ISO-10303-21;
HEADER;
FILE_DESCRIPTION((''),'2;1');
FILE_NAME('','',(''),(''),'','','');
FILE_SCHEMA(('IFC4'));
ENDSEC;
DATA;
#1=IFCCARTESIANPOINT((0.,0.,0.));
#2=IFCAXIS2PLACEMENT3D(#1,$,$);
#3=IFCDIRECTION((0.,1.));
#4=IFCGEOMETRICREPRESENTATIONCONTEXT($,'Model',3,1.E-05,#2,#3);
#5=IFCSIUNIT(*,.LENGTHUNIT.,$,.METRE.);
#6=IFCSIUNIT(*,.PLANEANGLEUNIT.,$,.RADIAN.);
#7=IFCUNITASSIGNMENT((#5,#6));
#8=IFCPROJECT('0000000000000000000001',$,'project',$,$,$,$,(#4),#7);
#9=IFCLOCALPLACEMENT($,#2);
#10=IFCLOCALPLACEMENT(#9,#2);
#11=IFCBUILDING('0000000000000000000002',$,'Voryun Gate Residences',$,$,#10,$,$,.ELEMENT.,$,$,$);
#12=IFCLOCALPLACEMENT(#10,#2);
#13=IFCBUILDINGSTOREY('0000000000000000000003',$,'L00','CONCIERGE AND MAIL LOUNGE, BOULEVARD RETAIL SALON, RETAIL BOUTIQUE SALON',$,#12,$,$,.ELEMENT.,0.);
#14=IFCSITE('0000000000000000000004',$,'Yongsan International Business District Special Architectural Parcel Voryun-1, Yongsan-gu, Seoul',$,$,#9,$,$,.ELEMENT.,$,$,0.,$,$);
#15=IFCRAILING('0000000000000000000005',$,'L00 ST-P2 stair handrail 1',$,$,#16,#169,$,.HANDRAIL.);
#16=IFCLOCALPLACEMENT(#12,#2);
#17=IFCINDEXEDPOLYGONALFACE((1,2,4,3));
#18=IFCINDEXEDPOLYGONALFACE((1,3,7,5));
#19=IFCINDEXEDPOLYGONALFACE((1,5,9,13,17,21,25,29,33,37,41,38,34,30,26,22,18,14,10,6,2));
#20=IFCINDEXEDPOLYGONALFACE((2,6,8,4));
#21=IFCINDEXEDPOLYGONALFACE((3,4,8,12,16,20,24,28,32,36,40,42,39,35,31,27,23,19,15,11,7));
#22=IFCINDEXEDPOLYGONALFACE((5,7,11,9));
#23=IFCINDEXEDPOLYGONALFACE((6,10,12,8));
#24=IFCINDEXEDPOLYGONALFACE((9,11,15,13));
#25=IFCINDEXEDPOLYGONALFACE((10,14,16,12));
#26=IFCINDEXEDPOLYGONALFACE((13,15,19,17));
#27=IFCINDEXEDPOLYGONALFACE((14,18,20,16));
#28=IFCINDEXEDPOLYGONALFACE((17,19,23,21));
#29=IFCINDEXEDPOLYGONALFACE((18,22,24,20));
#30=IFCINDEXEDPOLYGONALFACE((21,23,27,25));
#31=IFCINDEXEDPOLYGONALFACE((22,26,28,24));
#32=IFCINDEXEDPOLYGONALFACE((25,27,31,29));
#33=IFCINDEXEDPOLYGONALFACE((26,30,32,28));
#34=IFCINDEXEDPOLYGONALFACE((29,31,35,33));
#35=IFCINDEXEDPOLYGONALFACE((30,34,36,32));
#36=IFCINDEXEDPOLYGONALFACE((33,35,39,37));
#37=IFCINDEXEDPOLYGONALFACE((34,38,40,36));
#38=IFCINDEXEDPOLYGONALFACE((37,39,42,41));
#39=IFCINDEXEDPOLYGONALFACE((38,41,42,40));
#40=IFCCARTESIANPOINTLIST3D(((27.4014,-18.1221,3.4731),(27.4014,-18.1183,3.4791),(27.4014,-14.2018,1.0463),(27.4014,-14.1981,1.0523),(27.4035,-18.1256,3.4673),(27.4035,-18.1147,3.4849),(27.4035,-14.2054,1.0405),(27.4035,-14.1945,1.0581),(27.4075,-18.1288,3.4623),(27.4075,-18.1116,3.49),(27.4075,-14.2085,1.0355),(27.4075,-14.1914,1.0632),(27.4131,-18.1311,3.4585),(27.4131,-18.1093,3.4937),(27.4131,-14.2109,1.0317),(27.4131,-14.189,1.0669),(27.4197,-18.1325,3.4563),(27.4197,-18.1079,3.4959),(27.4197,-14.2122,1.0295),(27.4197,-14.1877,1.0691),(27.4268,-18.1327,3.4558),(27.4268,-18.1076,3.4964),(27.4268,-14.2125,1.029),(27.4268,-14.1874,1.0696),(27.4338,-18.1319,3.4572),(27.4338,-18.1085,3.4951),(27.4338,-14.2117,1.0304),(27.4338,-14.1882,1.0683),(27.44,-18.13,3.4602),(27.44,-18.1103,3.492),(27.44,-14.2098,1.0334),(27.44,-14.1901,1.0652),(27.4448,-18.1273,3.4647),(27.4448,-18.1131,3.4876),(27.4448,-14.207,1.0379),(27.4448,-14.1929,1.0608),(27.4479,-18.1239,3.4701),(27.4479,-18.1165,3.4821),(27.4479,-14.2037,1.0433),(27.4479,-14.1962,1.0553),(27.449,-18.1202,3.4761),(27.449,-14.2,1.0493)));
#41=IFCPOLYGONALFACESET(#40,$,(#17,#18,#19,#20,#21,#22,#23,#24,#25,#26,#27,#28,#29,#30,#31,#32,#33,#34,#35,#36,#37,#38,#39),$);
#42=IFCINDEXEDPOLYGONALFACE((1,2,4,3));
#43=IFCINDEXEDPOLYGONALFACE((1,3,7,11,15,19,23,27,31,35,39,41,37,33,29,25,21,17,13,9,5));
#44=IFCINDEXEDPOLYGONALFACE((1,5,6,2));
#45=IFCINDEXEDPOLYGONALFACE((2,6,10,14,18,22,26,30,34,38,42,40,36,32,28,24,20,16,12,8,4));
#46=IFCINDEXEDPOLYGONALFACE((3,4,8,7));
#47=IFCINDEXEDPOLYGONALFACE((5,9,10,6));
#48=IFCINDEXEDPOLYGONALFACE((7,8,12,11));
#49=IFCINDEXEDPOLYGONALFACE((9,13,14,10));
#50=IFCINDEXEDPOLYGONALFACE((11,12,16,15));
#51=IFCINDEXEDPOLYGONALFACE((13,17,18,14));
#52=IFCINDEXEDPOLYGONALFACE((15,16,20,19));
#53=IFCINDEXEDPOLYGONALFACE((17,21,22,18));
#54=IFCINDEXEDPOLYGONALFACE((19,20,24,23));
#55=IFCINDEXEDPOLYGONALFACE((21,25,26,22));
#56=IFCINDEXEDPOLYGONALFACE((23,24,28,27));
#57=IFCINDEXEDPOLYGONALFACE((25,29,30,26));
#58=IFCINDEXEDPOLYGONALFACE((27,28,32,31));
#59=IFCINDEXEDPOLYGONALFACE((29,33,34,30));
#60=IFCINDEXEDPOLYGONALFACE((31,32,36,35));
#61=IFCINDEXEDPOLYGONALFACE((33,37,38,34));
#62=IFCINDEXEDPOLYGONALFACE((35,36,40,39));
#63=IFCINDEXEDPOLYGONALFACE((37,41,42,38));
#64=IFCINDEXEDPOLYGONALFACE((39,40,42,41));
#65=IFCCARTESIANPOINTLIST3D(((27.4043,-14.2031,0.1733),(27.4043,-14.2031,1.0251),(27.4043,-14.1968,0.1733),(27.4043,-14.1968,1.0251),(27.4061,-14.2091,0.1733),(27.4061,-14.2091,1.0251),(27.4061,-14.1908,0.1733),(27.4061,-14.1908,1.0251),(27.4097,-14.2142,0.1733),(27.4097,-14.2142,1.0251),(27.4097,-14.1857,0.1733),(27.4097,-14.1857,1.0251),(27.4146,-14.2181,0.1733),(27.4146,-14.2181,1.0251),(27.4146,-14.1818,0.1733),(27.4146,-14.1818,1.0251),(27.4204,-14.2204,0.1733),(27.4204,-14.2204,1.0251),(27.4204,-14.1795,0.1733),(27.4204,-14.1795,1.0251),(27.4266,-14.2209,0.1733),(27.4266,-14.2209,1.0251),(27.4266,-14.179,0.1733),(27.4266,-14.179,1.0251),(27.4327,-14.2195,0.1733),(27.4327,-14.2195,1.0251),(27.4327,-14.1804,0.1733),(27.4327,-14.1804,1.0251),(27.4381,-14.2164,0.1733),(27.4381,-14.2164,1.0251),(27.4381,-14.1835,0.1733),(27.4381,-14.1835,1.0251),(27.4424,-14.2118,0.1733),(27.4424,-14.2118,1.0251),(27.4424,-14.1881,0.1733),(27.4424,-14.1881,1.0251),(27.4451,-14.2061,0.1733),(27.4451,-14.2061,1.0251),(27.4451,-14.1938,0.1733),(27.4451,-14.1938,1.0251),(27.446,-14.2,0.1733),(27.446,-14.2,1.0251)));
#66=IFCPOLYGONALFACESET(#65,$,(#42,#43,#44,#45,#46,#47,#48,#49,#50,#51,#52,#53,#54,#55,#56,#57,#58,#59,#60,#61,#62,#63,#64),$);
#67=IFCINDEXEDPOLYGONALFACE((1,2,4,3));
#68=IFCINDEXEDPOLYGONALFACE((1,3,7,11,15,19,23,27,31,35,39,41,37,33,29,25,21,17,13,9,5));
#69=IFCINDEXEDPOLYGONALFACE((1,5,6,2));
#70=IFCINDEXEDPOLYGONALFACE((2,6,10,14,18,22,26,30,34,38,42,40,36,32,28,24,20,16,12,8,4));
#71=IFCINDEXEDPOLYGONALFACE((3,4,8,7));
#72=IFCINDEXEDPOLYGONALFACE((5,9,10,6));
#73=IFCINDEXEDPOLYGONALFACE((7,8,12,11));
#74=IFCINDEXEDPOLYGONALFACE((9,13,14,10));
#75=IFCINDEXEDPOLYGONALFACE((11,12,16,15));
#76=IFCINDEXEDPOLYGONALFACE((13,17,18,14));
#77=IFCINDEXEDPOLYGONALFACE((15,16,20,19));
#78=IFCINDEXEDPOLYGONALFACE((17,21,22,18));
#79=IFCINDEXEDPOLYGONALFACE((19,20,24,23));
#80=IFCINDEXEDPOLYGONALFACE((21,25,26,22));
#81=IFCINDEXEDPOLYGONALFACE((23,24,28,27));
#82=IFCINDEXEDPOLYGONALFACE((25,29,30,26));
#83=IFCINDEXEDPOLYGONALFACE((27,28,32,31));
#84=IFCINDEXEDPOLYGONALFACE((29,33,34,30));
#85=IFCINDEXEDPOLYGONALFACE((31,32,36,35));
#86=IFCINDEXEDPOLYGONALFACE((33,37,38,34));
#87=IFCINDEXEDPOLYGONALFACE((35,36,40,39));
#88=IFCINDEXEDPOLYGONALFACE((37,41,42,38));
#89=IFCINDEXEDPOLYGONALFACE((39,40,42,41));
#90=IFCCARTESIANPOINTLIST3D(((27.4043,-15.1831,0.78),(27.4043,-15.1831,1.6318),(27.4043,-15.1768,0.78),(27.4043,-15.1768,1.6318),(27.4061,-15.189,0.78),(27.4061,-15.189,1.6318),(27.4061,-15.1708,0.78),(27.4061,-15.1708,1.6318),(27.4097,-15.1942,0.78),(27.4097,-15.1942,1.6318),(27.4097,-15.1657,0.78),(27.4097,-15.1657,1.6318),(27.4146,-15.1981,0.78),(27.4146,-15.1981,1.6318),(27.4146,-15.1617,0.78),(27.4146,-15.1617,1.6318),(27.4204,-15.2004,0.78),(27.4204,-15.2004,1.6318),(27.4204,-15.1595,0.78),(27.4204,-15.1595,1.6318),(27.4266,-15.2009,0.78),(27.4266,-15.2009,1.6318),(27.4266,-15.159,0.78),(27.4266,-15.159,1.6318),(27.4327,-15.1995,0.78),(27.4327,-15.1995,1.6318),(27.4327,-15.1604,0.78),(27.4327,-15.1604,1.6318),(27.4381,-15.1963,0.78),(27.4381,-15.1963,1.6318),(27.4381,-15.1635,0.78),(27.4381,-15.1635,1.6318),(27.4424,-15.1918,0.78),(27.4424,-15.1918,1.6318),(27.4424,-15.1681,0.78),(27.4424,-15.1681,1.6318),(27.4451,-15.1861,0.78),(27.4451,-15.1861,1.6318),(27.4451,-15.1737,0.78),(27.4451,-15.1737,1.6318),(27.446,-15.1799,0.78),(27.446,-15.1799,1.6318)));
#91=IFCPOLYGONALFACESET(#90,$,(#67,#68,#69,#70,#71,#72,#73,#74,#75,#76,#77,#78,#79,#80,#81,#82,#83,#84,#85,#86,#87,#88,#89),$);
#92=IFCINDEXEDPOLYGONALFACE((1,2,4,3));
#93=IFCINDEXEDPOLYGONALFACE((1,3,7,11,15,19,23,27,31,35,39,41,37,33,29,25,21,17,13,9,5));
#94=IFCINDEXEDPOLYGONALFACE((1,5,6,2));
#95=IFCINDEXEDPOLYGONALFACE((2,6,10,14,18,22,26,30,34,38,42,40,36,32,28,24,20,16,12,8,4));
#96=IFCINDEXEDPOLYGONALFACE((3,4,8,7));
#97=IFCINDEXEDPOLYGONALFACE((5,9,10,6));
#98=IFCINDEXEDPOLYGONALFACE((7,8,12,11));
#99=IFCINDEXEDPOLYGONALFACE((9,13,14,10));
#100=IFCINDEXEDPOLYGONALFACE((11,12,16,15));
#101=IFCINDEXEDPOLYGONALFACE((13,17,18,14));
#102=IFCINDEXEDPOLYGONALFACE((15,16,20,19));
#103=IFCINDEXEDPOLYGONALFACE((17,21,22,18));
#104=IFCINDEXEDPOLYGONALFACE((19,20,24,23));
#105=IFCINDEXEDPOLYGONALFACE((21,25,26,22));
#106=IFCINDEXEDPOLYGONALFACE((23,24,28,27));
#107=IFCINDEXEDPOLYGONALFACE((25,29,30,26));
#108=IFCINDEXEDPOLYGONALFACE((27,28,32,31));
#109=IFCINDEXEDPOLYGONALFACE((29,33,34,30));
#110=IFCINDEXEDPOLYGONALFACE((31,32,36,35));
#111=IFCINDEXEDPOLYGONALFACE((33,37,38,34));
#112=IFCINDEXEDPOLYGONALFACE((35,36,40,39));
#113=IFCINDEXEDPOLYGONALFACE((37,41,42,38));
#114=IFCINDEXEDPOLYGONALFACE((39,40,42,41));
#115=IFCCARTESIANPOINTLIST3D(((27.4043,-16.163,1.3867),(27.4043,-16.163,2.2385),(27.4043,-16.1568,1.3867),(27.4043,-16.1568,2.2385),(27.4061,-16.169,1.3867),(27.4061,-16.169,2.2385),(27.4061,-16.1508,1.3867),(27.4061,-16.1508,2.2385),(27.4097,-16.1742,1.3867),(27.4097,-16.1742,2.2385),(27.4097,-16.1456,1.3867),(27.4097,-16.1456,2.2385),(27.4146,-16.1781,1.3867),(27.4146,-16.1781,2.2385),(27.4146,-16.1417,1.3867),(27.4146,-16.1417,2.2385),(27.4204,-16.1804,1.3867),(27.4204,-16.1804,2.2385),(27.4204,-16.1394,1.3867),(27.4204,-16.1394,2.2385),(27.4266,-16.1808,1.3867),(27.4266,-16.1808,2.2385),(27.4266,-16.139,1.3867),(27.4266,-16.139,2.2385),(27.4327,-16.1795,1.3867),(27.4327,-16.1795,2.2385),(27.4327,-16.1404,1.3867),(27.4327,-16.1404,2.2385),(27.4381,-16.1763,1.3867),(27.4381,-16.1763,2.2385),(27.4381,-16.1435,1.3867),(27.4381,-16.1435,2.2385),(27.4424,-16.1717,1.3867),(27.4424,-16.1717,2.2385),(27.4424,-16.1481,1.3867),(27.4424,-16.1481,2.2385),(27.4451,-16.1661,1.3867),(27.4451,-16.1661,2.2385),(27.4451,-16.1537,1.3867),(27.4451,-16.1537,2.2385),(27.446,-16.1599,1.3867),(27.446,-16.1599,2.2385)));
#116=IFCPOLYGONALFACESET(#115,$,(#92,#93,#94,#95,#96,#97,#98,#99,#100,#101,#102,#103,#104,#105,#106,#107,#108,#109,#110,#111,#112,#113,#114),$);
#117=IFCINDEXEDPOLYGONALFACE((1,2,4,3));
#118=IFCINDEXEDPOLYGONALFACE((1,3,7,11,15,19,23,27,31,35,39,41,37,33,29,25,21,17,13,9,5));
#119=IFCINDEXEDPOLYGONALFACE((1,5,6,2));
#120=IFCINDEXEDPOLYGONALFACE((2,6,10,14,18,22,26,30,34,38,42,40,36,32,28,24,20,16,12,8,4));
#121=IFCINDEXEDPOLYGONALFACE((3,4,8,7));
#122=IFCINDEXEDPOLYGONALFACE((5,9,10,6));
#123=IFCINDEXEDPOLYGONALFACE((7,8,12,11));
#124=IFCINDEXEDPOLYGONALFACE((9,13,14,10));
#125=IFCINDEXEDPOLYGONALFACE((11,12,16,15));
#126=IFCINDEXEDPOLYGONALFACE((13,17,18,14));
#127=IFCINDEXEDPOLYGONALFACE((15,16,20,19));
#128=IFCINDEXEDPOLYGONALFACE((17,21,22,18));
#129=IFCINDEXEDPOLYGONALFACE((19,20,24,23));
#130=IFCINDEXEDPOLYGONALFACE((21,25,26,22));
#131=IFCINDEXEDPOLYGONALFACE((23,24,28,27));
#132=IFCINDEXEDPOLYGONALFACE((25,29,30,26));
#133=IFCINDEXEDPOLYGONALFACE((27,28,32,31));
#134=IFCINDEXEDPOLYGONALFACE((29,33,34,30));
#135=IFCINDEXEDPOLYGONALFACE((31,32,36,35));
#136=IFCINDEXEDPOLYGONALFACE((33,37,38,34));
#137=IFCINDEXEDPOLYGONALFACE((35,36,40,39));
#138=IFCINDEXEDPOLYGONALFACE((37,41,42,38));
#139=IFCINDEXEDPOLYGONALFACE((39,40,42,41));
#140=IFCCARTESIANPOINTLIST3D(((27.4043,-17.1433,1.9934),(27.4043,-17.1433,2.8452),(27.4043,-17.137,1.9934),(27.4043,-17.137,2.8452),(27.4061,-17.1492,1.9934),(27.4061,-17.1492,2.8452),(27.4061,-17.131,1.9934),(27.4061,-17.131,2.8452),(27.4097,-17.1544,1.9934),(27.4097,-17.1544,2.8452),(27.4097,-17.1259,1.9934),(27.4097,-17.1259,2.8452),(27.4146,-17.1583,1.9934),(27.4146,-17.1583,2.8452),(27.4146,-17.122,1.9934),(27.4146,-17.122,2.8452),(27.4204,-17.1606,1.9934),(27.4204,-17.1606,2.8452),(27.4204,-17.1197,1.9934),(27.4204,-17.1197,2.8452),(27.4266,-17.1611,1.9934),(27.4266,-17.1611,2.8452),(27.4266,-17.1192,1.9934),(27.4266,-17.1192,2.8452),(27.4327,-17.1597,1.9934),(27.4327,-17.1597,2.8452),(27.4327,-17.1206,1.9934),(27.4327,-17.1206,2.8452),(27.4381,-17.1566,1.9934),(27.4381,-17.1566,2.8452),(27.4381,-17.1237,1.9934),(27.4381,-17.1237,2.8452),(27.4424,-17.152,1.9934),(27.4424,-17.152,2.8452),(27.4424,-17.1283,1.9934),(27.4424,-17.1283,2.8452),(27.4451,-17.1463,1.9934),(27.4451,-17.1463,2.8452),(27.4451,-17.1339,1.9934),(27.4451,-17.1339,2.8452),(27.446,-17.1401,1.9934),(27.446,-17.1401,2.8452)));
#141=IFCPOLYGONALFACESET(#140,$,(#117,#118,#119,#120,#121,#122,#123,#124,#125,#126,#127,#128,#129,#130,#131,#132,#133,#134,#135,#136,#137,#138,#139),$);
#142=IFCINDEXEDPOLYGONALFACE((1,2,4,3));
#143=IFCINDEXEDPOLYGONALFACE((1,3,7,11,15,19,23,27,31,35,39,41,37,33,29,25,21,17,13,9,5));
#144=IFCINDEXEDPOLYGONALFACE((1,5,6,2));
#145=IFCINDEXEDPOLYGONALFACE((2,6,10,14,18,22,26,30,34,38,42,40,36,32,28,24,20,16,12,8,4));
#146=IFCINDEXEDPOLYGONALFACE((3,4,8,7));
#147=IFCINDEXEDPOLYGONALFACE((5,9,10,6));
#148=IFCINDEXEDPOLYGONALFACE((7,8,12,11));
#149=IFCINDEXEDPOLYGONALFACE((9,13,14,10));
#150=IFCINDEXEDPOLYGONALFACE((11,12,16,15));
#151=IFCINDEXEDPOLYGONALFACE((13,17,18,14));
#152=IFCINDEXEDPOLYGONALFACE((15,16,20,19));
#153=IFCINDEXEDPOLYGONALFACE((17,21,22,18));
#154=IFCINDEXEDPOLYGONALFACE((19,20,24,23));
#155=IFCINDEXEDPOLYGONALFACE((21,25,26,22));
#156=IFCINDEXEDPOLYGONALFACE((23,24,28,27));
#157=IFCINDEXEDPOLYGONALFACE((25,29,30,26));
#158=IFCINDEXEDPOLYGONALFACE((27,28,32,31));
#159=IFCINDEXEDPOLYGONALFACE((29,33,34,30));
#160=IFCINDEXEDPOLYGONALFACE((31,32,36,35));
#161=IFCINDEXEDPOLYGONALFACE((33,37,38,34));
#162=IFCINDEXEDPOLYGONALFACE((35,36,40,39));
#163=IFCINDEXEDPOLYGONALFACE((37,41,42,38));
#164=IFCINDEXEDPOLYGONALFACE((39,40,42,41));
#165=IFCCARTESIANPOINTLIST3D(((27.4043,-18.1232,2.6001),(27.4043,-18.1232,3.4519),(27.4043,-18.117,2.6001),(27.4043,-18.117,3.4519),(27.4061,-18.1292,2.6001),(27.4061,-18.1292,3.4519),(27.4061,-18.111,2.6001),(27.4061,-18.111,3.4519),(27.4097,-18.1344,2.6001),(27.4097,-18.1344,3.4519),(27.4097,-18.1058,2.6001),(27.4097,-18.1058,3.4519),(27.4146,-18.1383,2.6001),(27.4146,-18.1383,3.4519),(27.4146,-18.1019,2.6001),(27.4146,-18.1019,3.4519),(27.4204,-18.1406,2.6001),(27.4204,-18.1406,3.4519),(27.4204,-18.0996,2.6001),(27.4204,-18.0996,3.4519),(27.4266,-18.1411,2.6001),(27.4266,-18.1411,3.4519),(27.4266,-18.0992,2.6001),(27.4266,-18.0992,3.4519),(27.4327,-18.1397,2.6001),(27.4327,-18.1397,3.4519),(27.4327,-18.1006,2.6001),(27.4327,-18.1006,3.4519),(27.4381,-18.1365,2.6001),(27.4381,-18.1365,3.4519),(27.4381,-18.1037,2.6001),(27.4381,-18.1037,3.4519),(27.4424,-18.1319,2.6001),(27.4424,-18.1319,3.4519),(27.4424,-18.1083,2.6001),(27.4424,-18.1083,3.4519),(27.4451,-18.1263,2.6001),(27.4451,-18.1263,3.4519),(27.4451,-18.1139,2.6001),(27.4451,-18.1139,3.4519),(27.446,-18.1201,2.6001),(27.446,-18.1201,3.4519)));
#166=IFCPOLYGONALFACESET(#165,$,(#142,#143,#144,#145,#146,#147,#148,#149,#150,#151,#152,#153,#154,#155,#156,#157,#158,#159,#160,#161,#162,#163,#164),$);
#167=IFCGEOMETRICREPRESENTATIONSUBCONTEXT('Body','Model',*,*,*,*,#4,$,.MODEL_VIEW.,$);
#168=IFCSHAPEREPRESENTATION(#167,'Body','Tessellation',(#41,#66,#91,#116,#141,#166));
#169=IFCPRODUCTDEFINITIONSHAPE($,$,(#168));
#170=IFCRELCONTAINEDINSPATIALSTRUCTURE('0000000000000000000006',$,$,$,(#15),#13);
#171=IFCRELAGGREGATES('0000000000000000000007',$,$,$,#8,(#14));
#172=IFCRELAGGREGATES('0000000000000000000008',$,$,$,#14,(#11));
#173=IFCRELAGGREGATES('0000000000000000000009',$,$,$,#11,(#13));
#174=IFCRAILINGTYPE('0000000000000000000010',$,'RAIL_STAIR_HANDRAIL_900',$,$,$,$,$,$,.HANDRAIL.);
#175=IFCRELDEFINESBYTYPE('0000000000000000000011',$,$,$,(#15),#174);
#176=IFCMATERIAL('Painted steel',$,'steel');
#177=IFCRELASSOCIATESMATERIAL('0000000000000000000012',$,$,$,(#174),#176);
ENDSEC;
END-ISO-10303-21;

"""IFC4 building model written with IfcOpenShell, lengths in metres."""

from ifc_helpers import new_model, si_unit, direction, frame, origin, origin_2d, place, context, subcontext, project, spatial, circle, extrude, material, type_object, element, save


model = new_model("IFC4")

# Units and contexts
model_context = context("Model", 3, precision=1e-05, world=origin(), true_north=direction((0.0, 1.0)))
body_context = subcontext(model_context, "Body", "Model", "MODEL_VIEW")
ifc_project = project(units=[si_unit("LENGTHUNIT", "METRE"), si_unit("PLANEANGLEUNIT", "RADIAN")], contexts=[model_context])

# Site, building, storey
site_placement = place(None, origin())
site = spatial("IfcSite", under=ifc_project, at=site_placement, Name="Yongsan International Business District Special Architectural Parcel Voryun-1, Yongsan-gu, Seoul", CompositionType="ELEMENT", RefElevation=0.0)
building_placement = place(site_placement, origin())
building = spatial("IfcBuilding", under=site, at=building_placement, Name="Voryun Gate Residences", CompositionType="ELEMENT")
storey_placement = place(building_placement, origin())
storey = spatial("IfcBuildingStorey", under=building, at=storey_placement, Name="L00", Description="CONCIERGE AND MAIL LOUNGE, BOULEVARD RETAIL SALON, RETAIL BOUTIQUE SALON", CompositionType="ELEMENT", Elevation=0.0)

# Railing
ifc_material_1 = material(Name="Painted steel", Category="steel")
railing_type_1 = type_object("IfcRailingType", Name="RAIL_STAIR_HANDRAIL_900", PredefinedType="HANDRAIL", material=ifc_material_1)
railing_1_placement = place(storey_placement, frame((27.425, -14.2, 0.1733)))
element("IfcRailing", 1, at=railing_1_placement, inside=storey, type_object=railing_type_1, Name="L00 ST-P2 stair handrail 1", PredefinedType="HANDRAIL", context=body_context, shape_type="SweptSolid", body=[
    extrude(circle(Radius=0.0239, at=origin_2d()), frame((0.0, 0.0, 0.876), z_axis=(0.0, -0.850266, 0.526353), x_axis=(1.0, 0.0, 0.0)), (0.0, 0.0, 1.0), 4.6106),
    extrude(circle(Radius=0.021, at=origin_2d()), origin(), (0.0, 0.0, 1.0), 0.8518),
    extrude(circle(Radius=0.021, at=origin_2d()), frame((0.0, -0.98, 0.6067)), (0.0, 0.0, 1.0), 0.8518),
    extrude(circle(Radius=0.021, at=origin_2d()), frame((0.0, -1.96, 1.2134)), (0.0, 0.0, 1.0), 0.8518),
    extrude(circle(Radius=0.021, at=origin_2d()), frame((0.0, -2.9402, 1.8201)), (0.0, 0.0, 1.0), 0.8518),
    extrude(circle(Radius=0.021, at=origin_2d()), frame((0.0, -3.9202, 2.4268)), (0.0, 0.0, 1.0), 0.8518),
])

save(model, "model.ifc")
